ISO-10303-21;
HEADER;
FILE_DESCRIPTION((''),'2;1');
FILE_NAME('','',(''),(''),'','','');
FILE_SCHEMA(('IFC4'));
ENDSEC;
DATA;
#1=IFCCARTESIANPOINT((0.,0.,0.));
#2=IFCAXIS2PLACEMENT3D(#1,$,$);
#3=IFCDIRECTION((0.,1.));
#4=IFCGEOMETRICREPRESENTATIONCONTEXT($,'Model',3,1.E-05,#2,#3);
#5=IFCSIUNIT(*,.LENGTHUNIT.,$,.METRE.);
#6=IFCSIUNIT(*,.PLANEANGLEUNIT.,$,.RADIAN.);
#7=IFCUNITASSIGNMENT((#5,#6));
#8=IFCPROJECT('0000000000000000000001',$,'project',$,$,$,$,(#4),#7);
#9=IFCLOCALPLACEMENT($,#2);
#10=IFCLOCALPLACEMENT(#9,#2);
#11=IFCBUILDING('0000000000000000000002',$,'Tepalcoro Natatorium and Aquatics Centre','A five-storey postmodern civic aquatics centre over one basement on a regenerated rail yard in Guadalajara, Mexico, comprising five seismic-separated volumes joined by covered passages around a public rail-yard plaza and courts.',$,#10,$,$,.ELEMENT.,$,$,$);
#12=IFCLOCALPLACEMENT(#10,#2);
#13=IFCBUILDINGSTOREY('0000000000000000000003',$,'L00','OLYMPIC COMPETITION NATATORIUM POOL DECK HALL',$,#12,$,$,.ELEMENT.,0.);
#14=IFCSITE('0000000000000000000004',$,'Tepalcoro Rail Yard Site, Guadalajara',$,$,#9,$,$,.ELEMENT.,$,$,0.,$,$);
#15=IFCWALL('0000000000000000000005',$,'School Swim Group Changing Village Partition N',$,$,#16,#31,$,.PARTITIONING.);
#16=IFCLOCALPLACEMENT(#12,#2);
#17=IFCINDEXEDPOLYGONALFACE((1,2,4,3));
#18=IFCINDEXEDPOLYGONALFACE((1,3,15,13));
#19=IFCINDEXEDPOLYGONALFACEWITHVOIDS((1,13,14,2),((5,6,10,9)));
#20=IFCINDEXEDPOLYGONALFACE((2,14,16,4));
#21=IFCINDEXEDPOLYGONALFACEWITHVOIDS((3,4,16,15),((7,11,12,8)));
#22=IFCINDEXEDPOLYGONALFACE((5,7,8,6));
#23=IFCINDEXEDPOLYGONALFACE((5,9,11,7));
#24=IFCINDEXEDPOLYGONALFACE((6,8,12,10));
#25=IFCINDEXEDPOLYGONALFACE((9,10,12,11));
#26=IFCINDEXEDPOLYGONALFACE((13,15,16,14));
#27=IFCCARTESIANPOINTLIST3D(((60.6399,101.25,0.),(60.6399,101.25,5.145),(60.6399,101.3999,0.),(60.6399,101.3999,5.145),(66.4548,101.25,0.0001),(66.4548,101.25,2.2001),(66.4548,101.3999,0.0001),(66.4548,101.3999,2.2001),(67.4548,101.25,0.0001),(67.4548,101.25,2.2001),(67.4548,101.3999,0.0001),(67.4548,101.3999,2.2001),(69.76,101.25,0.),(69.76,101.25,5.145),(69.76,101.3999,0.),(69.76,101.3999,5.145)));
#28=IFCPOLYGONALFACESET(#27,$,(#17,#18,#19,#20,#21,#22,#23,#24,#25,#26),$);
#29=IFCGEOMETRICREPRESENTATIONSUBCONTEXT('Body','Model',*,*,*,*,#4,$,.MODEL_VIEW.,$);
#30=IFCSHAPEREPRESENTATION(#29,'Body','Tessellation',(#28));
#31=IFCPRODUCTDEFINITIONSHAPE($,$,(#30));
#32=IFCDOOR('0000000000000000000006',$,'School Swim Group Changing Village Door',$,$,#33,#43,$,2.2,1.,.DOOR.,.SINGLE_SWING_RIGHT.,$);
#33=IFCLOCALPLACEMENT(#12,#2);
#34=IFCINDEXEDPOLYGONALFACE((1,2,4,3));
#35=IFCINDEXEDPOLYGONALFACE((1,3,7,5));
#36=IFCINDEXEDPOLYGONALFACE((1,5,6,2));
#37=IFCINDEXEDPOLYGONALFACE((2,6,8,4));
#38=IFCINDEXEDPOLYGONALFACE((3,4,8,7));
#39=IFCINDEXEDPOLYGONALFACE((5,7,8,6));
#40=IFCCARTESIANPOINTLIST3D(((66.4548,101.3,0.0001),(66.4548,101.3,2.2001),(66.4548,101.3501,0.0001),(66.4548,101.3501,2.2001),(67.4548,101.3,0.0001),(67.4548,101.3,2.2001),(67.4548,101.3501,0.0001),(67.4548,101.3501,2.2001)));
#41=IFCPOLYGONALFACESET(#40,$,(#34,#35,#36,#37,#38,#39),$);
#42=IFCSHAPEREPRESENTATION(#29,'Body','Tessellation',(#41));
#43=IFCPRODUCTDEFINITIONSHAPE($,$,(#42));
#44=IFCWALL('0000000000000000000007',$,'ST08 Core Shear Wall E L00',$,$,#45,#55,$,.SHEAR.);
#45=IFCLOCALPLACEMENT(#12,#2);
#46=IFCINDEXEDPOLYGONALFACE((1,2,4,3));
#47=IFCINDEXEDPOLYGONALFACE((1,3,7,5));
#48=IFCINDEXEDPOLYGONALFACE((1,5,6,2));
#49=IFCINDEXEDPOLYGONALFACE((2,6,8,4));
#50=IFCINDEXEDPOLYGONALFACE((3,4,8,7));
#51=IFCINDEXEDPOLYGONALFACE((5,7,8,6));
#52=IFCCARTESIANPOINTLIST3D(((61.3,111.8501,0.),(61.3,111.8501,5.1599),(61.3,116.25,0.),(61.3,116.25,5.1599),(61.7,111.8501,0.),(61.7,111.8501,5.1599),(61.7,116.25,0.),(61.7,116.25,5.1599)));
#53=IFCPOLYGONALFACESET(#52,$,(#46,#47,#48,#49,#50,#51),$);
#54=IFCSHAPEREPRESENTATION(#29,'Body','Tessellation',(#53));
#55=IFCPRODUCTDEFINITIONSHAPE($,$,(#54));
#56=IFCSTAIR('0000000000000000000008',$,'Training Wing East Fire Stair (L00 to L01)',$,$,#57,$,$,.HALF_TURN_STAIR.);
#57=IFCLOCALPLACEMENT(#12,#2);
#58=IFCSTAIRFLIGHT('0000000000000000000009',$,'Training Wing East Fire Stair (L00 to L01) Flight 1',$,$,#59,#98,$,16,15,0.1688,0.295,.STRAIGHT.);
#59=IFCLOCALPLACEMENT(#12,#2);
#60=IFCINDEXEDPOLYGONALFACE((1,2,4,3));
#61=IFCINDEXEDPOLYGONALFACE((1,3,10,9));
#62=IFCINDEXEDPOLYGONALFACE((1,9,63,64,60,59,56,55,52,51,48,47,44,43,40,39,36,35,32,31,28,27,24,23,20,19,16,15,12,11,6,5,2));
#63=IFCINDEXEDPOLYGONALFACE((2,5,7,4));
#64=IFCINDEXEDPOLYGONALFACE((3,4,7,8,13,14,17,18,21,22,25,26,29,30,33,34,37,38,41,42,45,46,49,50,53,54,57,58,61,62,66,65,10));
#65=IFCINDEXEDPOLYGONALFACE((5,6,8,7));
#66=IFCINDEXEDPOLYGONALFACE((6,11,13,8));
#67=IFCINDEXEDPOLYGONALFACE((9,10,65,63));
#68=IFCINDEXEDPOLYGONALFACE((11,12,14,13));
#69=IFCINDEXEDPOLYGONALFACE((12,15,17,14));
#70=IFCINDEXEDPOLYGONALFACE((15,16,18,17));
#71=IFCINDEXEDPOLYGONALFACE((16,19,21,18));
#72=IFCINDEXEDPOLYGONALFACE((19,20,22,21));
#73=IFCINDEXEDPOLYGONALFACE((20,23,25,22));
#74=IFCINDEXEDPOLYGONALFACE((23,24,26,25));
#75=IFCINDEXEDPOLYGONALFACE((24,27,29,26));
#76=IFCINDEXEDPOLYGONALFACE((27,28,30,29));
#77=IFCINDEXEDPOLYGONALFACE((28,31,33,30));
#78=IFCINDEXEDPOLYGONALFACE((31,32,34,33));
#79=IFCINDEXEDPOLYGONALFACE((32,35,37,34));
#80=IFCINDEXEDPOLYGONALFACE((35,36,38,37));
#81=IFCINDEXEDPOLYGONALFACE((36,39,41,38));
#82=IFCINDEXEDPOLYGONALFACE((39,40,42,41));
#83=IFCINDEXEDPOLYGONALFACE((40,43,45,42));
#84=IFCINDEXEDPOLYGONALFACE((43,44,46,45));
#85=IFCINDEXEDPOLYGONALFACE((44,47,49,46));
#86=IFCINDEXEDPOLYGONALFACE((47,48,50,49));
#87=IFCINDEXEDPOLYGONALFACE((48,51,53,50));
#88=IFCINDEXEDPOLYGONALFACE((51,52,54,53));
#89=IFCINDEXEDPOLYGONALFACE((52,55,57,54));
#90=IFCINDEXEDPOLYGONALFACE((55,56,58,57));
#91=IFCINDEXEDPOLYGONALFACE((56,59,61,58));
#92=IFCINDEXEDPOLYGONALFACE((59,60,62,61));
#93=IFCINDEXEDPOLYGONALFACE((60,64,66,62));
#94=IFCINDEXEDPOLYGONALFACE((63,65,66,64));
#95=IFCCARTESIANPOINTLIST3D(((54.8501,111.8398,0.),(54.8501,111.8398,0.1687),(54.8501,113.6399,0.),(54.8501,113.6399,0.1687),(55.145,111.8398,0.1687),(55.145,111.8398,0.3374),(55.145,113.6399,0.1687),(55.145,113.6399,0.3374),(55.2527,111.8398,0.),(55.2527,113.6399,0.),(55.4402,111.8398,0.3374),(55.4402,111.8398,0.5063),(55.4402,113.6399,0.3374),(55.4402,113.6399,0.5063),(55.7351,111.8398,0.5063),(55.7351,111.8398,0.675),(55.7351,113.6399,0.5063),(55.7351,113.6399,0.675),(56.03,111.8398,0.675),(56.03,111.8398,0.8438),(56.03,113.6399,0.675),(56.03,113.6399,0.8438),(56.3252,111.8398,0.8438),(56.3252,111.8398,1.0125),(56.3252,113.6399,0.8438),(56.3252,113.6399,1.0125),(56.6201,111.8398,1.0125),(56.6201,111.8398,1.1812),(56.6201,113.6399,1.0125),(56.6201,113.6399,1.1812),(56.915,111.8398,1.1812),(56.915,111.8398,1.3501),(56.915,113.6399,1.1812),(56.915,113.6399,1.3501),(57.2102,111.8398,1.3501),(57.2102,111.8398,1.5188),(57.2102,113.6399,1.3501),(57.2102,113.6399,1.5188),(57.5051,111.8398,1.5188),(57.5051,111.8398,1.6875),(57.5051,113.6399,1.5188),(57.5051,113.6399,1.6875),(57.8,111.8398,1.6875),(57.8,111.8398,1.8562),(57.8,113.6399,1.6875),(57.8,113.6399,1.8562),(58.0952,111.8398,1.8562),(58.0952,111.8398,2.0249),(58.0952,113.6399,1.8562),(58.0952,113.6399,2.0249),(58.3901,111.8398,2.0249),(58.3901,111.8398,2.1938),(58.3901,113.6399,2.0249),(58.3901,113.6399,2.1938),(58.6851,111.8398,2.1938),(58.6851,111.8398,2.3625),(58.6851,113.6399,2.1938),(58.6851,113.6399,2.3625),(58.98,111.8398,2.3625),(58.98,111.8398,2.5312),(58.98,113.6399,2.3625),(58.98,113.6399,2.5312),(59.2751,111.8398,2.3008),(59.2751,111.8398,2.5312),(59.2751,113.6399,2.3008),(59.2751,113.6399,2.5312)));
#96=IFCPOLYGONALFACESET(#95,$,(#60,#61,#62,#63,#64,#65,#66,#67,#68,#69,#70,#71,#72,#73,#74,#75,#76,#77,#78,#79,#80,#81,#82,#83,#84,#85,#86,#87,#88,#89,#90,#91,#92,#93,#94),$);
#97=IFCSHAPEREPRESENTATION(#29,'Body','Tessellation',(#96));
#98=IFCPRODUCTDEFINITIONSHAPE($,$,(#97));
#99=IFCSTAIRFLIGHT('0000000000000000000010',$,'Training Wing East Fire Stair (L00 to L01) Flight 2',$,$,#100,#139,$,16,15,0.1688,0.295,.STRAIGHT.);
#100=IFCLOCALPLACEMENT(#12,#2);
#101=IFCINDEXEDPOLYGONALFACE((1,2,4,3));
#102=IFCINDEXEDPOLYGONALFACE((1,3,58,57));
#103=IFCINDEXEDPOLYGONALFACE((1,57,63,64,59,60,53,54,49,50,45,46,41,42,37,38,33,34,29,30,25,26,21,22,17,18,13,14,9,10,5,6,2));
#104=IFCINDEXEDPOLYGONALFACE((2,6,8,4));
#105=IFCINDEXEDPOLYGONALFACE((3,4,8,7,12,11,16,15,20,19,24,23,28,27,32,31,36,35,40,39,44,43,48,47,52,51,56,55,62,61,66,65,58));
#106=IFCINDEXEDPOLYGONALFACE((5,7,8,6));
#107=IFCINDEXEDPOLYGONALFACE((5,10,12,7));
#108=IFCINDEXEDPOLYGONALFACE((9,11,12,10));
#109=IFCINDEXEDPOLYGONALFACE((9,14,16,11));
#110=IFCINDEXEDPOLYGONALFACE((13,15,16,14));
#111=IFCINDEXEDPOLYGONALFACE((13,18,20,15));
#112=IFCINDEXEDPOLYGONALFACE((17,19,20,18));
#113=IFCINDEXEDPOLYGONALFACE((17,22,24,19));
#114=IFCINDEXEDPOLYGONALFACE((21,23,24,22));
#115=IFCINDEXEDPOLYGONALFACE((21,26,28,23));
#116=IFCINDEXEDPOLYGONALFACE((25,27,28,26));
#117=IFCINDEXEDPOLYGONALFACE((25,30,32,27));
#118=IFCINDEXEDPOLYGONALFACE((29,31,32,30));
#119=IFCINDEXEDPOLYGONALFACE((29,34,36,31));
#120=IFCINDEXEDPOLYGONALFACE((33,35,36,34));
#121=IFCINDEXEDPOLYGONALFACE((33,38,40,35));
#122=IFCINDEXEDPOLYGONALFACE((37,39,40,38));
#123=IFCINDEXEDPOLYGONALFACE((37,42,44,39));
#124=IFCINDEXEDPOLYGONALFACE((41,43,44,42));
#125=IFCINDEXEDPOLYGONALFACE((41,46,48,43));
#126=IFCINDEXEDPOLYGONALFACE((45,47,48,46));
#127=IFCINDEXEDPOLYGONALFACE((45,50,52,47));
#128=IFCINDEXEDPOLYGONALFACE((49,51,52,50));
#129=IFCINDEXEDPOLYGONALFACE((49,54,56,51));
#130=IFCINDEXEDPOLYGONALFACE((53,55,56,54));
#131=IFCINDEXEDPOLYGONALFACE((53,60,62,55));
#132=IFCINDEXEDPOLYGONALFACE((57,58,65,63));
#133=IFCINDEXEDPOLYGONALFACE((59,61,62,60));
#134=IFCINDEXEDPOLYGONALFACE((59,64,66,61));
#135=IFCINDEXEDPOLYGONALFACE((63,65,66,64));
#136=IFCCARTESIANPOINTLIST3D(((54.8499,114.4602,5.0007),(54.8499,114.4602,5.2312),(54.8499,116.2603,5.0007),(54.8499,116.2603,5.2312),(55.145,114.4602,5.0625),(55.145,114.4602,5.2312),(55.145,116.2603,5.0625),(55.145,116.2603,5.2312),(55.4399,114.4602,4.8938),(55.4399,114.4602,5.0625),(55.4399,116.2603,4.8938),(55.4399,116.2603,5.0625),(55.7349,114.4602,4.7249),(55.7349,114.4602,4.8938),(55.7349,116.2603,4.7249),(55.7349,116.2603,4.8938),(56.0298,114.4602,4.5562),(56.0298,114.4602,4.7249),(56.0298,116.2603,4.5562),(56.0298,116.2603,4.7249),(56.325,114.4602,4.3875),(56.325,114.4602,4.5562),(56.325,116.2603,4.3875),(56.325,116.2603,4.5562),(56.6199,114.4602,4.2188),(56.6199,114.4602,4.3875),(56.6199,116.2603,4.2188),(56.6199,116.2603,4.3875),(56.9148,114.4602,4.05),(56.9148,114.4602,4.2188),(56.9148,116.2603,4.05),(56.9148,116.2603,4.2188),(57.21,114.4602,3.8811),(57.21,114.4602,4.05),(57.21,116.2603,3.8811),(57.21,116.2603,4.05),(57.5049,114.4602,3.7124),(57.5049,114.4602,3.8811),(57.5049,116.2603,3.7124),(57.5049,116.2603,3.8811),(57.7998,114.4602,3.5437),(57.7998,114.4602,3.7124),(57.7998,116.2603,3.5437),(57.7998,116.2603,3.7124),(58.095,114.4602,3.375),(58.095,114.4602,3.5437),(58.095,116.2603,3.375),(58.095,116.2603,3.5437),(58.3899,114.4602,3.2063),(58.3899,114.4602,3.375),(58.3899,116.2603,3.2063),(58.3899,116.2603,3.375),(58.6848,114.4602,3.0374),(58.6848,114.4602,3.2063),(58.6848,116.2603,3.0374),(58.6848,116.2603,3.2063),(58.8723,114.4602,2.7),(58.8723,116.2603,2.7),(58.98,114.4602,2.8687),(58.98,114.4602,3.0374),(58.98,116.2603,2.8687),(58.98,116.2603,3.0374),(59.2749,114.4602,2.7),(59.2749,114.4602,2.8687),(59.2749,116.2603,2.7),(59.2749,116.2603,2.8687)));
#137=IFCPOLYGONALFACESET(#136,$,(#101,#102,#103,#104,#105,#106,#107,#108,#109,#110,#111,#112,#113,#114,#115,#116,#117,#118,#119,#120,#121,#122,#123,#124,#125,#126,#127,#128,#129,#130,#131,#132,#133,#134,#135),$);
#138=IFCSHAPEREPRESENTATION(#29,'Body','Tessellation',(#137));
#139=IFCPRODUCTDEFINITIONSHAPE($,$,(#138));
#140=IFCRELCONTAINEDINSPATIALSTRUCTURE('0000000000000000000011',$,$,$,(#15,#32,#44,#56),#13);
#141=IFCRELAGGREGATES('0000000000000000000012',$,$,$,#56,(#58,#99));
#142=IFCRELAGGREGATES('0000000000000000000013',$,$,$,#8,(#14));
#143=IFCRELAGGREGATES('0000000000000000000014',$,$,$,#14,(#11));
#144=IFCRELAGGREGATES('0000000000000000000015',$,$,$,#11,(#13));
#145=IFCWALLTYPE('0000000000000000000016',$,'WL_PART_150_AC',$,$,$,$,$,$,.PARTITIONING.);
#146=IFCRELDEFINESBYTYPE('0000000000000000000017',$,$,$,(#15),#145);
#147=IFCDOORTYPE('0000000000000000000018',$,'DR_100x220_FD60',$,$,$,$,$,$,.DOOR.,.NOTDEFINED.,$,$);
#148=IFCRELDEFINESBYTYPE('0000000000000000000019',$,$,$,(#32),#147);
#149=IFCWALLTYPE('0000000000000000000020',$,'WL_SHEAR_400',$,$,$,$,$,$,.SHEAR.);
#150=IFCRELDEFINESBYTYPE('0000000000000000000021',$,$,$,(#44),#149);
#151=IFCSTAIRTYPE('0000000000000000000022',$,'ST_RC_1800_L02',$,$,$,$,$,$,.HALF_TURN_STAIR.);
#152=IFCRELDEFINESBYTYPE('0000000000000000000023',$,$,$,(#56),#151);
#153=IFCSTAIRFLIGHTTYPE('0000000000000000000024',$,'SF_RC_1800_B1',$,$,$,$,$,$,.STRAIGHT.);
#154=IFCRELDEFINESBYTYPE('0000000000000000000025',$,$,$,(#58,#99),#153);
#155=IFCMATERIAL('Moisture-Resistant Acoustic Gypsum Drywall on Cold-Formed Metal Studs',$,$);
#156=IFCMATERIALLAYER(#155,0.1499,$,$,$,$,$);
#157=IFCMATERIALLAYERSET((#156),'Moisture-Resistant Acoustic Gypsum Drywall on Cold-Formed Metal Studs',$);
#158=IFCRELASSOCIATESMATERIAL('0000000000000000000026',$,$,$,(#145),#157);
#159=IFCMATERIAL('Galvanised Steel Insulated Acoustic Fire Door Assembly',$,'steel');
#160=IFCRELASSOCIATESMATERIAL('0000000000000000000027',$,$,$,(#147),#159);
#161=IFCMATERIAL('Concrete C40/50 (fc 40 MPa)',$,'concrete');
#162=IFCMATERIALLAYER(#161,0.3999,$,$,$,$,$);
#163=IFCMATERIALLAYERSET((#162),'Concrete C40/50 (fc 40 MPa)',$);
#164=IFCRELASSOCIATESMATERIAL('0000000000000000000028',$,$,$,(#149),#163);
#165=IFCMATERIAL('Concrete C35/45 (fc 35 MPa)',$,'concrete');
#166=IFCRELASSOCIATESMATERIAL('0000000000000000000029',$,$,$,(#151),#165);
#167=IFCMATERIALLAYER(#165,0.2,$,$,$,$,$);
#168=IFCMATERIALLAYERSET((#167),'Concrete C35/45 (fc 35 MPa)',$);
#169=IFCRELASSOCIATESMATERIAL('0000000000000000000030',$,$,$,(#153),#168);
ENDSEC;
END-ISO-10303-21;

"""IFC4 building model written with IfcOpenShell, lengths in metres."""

from ifc_helpers import new_model, si_unit, direction, frame, frame_2d, origin, place, context, subcontext, project, spatial, polyline, rectangle, outline, extrude, material, layer, layer_set, type_object, element, fill, aggregate, save


model = new_model("IFC4")

# Units and contexts
model_context = context("Model", 3, precision=1e-05, world=origin(), true_north=direction((0.0, 1.0)))
body_context = subcontext(model_context, "Body", "Model", "MODEL_VIEW")
ifc_project = project(units=[si_unit("LENGTHUNIT", "METRE"), si_unit("PLANEANGLEUNIT", "RADIAN")], contexts=[model_context])

# Site, building, storey
site_placement = place(None, origin())
site = spatial("IfcSite", under=ifc_project, at=site_placement, Name="Tepalcoro Rail Yard Site, Guadalajara", CompositionType="ELEMENT", RefElevation=0.0)
building_placement = place(site_placement, origin())
building = spatial("IfcBuilding", under=site, at=building_placement, Name="Tepalcoro Natatorium and Aquatics Centre", Description="A five-storey postmodern civic aquatics centre over one basement on a regenerated rail yard in Guadalajara, Mexico, comprising five seismic-separated volumes joined by covered passages around a public rail-yard plaza and courts.", CompositionType="ELEMENT")
storey_placement = place(building_placement, origin())
storey = spatial("IfcBuildingStorey", under=building, at=storey_placement, Name="L00", Description="OLYMPIC COMPETITION NATATORIUM POOL DECK HALL", CompositionType="ELEMENT", Elevation=0.0)

# Wall, opening, door
ifc_material_1 = material(Name="Moisture-Resistant Acoustic Gypsum Drywall on Cold-Formed Metal Studs")
ifc_layer_1 = layer(ifc_material_1, 0.1499)
ifc_layer_set_1 = layer_set([ifc_layer_1], Name="Moisture-Resistant Acoustic Gypsum Drywall on Cold-Formed Metal Studs")
wall_type_1 = type_object("IfcWallType", Name="WL_PART_150_AC", PredefinedType="PARTITIONING", material=ifc_layer_set_1)
wall_1_placement = place(storey_placement, frame((60.6399, 101.325, 0.0), z_axis=(0.0, 0.0, 1.0), x_axis=(1.0, 0.0, 0.0)))
wall_1 = element("IfcWall", 1, at=wall_1_placement, inside=storey, type_object=wall_type_1, Name="School Swim Group Changing Village Partition N", PredefinedType="PARTITIONING", context=body_context, shape_type="SweptSolid", body=[
    extrude(rectangle(XDim=9.1201, YDim=0.1499, at=frame_2d((4.5601, 0.0))), origin(), (0.0, 0.0, 1.0), 5.145),
])
opening_placement = place(wall_1_placement, frame((5.8149, 0.0, 0.0)))
opening = element("IfcOpeningElement", 2, at=opening_placement, cuts=wall_1, PredefinedType="OPENING", context=body_context, shape_type="SweptSolid", body=[
    extrude(rectangle(XDim=1.0, YDim=2.2, at=frame_2d((0.5, 1.1001))), frame((0.0, 0.0869, 0.0), z_axis=(0.0, -1.0, 0.0), x_axis=(1.0, 0.0, 0.0)), (0.0, 0.0, 1.0), 0.1738),
])
ifc_material_2 = material(Name="Galvanised Steel Insulated Acoustic Fire Door Assembly", Category="steel")
door_type = type_object("IfcDoorType", Name="DR_100x220_FD60", OperationType="NOTDEFINED", PredefinedType="DOOR", material=ifc_material_2)
door_placement = place(opening_placement, frame((1.0, 0.0, 0.0), z_axis=(0.0, 0.0, 1.0), x_axis=(-1.0, 0.0, 0.0)))
door = element("IfcDoor", 3, at=door_placement, inside=storey, type_object=door_type, Name="School Swim Group Changing Village Door", OperationType="SINGLE_SWING_RIGHT", OverallHeight=2.2, OverallWidth=1.0, PredefinedType="DOOR", context=body_context, shape_type="SweptSolid", body=[
    extrude(rectangle(XDim=1.0, YDim=2.2, at=frame_2d((0.5, 1.1001))), frame((0.0, 0.0249, 0.0), z_axis=(0.0, -1.0, 0.0), x_axis=(1.0, 0.0, 0.0)), (0.0, 0.0, 1.0), 0.05),
])
fill(opening, door)

# Wall
ifc_material_3 = material(Name="Concrete C40/50 (fc 40 MPa)", Category="concrete")
ifc_layer_2 = layer(ifc_material_3, 0.3999)
ifc_layer_set_2 = layer_set([ifc_layer_2], Name="Concrete C40/50 (fc 40 MPa)")
wall_type_2 = type_object("IfcWallType", Name="WL_SHEAR_400", PredefinedType="SHEAR", material=ifc_layer_set_2)
wall_2_placement = place(storey_placement, frame((61.5, 111.8501, 0.0), z_axis=(0.0, 0.0, 1.0), x_axis=(0.0, 1.0, 0.0)))
element("IfcWall", 4, at=wall_2_placement, inside=storey, type_object=wall_type_2, Name="ST08 Core Shear Wall E L00", PredefinedType="SHEAR", context=body_context, shape_type="SweptSolid", body=[
    extrude(rectangle(XDim=4.3999, YDim=0.3999, at=frame_2d((2.2, 0.0))), origin(), (0.0, 0.0, 1.0), 5.1599),
])

# Stair, stair flights
ifc_material_4 = material(Name="Concrete C35/45 (fc 35 MPa)", Category="concrete")
stair_type = type_object("IfcStairType", Name="ST_RC_1800_L02", PredefinedType="HALF_TURN_STAIR", material=ifc_material_4)
stair_placement = place(storey_placement, origin())
stair = element("IfcStair", 5, at=stair_placement, inside=storey, type_object=stair_type, Name="Training Wing East Fire Stair (L00 to L01)", PredefinedType="HALF_TURN_STAIR")
ifc_layer_3 = layer(ifc_material_4, 0.2)
ifc_layer_set_3 = layer_set([ifc_layer_3], Name="Concrete C35/45 (fc 35 MPa)")
stair_flight_type = type_object("IfcStairFlightType", Name="SF_RC_1800_B1", PredefinedType="STRAIGHT", material=ifc_layer_set_3)
stair_flight_1_placement = place(storey_placement, frame((54.8501, 112.74, 0.0), z_axis=(0.0, 0.0, 1.0), x_axis=(1.0, 0.0, 0.0)))
stair_flight_1 = element("IfcStairFlight", 6, at=stair_flight_1_placement, type_object=stair_flight_type, Name="Training Wing East Fire Stair (L00 to L01) Flight 1", NumberOfRisers=16, NumberOfTreads=15, PredefinedType="STRAIGHT", RiserHeight=0.1688, TreadLength=0.295, context=body_context, shape_type="SweptSolid", body=[
    extrude(outline(polyline([(0.0, 0.0), (0.0, 0.1687), (0.2949, 0.1687), (0.2949, 0.3374), (0.5901, 0.3374), (0.5901, 0.5063), (0.885, 0.5063), (0.885, 0.675), (1.1799, 0.675), (1.1799, 0.8438), (1.4751, 0.8438), (1.4751, 1.0125), (1.77, 1.0125), (1.77, 1.1812), (2.0649, 1.1812), (2.0649, 1.3501), (2.3601, 1.3501), (2.3601, 1.5188), (2.655, 1.5188), (2.655, 1.6875), (2.95, 1.6875), (2.95, 1.8562), (3.2451, 1.8562), (3.2451, 2.0249), (3.54, 2.0249), (3.54, 2.1938), (3.835, 2.1938), (3.835, 2.3625), (4.1299, 2.3625), (4.1299, 2.5312), (4.425, 2.5312), (4.425, 2.7), (4.425, 2.3008), (0.4026, 0.0), (0.0, 0.0)])), frame((0.0, 0.8999, 0.0), z_axis=(0.0, -1.0, 0.0), x_axis=(1.0, 0.0, 0.0)), (0.0, 0.0, 1.0), 1.8),
])
stair_flight_2_placement = place(storey_placement, frame((59.2749, 115.3601, 2.7), z_axis=(0.0, 0.0, 1.0), x_axis=(-1.0, 0.0, 0.0)))
stair_flight_2 = element("IfcStairFlight", 7, at=stair_flight_2_placement, type_object=stair_flight_type, Name="Training Wing East Fire Stair (L00 to L01) Flight 2", NumberOfRisers=16, NumberOfTreads=15, PredefinedType="STRAIGHT", RiserHeight=0.1688, TreadLength=0.295, context=body_context, shape_type="SweptSolid", body=[
    extrude(outline(polyline([(0.0, 0.0), (0.0, 0.1687), (0.2949, 0.1687), (0.2949, 0.3374), (0.5901, 0.3374), (0.5901, 0.5063), (0.885, 0.5063), (0.885, 0.675), (1.1799, 0.675), (1.1799, 0.8438), (1.4751, 0.8438), (1.4751, 1.0125), (1.77, 1.0125), (1.77, 1.1812), (2.0649, 1.1812), (2.0649, 1.3501), (2.3601, 1.3501), (2.3601, 1.5188), (2.655, 1.5188), (2.655, 1.6875), (2.95, 1.6875), (2.95, 1.8562), (3.2451, 1.8562), (3.2451, 2.0249), (3.54, 2.0249), (3.54, 2.1938), (3.835, 2.1938), (3.835, 2.3625), (4.1299, 2.3625), (4.1299, 2.5312), (4.425, 2.5312), (4.425, 2.7), (4.425, 2.3008), (0.4026, 0.0), (0.0, 0.0)])), frame((0.0, 0.8999, 0.0), z_axis=(0.0, -1.0, 0.0), x_axis=(1.0, 0.0, 0.0)), (0.0, 0.0, 1.0), 1.8),
])
aggregate(stair, [stair_flight_1, stair_flight_2])

save(model, "model.ifc")
